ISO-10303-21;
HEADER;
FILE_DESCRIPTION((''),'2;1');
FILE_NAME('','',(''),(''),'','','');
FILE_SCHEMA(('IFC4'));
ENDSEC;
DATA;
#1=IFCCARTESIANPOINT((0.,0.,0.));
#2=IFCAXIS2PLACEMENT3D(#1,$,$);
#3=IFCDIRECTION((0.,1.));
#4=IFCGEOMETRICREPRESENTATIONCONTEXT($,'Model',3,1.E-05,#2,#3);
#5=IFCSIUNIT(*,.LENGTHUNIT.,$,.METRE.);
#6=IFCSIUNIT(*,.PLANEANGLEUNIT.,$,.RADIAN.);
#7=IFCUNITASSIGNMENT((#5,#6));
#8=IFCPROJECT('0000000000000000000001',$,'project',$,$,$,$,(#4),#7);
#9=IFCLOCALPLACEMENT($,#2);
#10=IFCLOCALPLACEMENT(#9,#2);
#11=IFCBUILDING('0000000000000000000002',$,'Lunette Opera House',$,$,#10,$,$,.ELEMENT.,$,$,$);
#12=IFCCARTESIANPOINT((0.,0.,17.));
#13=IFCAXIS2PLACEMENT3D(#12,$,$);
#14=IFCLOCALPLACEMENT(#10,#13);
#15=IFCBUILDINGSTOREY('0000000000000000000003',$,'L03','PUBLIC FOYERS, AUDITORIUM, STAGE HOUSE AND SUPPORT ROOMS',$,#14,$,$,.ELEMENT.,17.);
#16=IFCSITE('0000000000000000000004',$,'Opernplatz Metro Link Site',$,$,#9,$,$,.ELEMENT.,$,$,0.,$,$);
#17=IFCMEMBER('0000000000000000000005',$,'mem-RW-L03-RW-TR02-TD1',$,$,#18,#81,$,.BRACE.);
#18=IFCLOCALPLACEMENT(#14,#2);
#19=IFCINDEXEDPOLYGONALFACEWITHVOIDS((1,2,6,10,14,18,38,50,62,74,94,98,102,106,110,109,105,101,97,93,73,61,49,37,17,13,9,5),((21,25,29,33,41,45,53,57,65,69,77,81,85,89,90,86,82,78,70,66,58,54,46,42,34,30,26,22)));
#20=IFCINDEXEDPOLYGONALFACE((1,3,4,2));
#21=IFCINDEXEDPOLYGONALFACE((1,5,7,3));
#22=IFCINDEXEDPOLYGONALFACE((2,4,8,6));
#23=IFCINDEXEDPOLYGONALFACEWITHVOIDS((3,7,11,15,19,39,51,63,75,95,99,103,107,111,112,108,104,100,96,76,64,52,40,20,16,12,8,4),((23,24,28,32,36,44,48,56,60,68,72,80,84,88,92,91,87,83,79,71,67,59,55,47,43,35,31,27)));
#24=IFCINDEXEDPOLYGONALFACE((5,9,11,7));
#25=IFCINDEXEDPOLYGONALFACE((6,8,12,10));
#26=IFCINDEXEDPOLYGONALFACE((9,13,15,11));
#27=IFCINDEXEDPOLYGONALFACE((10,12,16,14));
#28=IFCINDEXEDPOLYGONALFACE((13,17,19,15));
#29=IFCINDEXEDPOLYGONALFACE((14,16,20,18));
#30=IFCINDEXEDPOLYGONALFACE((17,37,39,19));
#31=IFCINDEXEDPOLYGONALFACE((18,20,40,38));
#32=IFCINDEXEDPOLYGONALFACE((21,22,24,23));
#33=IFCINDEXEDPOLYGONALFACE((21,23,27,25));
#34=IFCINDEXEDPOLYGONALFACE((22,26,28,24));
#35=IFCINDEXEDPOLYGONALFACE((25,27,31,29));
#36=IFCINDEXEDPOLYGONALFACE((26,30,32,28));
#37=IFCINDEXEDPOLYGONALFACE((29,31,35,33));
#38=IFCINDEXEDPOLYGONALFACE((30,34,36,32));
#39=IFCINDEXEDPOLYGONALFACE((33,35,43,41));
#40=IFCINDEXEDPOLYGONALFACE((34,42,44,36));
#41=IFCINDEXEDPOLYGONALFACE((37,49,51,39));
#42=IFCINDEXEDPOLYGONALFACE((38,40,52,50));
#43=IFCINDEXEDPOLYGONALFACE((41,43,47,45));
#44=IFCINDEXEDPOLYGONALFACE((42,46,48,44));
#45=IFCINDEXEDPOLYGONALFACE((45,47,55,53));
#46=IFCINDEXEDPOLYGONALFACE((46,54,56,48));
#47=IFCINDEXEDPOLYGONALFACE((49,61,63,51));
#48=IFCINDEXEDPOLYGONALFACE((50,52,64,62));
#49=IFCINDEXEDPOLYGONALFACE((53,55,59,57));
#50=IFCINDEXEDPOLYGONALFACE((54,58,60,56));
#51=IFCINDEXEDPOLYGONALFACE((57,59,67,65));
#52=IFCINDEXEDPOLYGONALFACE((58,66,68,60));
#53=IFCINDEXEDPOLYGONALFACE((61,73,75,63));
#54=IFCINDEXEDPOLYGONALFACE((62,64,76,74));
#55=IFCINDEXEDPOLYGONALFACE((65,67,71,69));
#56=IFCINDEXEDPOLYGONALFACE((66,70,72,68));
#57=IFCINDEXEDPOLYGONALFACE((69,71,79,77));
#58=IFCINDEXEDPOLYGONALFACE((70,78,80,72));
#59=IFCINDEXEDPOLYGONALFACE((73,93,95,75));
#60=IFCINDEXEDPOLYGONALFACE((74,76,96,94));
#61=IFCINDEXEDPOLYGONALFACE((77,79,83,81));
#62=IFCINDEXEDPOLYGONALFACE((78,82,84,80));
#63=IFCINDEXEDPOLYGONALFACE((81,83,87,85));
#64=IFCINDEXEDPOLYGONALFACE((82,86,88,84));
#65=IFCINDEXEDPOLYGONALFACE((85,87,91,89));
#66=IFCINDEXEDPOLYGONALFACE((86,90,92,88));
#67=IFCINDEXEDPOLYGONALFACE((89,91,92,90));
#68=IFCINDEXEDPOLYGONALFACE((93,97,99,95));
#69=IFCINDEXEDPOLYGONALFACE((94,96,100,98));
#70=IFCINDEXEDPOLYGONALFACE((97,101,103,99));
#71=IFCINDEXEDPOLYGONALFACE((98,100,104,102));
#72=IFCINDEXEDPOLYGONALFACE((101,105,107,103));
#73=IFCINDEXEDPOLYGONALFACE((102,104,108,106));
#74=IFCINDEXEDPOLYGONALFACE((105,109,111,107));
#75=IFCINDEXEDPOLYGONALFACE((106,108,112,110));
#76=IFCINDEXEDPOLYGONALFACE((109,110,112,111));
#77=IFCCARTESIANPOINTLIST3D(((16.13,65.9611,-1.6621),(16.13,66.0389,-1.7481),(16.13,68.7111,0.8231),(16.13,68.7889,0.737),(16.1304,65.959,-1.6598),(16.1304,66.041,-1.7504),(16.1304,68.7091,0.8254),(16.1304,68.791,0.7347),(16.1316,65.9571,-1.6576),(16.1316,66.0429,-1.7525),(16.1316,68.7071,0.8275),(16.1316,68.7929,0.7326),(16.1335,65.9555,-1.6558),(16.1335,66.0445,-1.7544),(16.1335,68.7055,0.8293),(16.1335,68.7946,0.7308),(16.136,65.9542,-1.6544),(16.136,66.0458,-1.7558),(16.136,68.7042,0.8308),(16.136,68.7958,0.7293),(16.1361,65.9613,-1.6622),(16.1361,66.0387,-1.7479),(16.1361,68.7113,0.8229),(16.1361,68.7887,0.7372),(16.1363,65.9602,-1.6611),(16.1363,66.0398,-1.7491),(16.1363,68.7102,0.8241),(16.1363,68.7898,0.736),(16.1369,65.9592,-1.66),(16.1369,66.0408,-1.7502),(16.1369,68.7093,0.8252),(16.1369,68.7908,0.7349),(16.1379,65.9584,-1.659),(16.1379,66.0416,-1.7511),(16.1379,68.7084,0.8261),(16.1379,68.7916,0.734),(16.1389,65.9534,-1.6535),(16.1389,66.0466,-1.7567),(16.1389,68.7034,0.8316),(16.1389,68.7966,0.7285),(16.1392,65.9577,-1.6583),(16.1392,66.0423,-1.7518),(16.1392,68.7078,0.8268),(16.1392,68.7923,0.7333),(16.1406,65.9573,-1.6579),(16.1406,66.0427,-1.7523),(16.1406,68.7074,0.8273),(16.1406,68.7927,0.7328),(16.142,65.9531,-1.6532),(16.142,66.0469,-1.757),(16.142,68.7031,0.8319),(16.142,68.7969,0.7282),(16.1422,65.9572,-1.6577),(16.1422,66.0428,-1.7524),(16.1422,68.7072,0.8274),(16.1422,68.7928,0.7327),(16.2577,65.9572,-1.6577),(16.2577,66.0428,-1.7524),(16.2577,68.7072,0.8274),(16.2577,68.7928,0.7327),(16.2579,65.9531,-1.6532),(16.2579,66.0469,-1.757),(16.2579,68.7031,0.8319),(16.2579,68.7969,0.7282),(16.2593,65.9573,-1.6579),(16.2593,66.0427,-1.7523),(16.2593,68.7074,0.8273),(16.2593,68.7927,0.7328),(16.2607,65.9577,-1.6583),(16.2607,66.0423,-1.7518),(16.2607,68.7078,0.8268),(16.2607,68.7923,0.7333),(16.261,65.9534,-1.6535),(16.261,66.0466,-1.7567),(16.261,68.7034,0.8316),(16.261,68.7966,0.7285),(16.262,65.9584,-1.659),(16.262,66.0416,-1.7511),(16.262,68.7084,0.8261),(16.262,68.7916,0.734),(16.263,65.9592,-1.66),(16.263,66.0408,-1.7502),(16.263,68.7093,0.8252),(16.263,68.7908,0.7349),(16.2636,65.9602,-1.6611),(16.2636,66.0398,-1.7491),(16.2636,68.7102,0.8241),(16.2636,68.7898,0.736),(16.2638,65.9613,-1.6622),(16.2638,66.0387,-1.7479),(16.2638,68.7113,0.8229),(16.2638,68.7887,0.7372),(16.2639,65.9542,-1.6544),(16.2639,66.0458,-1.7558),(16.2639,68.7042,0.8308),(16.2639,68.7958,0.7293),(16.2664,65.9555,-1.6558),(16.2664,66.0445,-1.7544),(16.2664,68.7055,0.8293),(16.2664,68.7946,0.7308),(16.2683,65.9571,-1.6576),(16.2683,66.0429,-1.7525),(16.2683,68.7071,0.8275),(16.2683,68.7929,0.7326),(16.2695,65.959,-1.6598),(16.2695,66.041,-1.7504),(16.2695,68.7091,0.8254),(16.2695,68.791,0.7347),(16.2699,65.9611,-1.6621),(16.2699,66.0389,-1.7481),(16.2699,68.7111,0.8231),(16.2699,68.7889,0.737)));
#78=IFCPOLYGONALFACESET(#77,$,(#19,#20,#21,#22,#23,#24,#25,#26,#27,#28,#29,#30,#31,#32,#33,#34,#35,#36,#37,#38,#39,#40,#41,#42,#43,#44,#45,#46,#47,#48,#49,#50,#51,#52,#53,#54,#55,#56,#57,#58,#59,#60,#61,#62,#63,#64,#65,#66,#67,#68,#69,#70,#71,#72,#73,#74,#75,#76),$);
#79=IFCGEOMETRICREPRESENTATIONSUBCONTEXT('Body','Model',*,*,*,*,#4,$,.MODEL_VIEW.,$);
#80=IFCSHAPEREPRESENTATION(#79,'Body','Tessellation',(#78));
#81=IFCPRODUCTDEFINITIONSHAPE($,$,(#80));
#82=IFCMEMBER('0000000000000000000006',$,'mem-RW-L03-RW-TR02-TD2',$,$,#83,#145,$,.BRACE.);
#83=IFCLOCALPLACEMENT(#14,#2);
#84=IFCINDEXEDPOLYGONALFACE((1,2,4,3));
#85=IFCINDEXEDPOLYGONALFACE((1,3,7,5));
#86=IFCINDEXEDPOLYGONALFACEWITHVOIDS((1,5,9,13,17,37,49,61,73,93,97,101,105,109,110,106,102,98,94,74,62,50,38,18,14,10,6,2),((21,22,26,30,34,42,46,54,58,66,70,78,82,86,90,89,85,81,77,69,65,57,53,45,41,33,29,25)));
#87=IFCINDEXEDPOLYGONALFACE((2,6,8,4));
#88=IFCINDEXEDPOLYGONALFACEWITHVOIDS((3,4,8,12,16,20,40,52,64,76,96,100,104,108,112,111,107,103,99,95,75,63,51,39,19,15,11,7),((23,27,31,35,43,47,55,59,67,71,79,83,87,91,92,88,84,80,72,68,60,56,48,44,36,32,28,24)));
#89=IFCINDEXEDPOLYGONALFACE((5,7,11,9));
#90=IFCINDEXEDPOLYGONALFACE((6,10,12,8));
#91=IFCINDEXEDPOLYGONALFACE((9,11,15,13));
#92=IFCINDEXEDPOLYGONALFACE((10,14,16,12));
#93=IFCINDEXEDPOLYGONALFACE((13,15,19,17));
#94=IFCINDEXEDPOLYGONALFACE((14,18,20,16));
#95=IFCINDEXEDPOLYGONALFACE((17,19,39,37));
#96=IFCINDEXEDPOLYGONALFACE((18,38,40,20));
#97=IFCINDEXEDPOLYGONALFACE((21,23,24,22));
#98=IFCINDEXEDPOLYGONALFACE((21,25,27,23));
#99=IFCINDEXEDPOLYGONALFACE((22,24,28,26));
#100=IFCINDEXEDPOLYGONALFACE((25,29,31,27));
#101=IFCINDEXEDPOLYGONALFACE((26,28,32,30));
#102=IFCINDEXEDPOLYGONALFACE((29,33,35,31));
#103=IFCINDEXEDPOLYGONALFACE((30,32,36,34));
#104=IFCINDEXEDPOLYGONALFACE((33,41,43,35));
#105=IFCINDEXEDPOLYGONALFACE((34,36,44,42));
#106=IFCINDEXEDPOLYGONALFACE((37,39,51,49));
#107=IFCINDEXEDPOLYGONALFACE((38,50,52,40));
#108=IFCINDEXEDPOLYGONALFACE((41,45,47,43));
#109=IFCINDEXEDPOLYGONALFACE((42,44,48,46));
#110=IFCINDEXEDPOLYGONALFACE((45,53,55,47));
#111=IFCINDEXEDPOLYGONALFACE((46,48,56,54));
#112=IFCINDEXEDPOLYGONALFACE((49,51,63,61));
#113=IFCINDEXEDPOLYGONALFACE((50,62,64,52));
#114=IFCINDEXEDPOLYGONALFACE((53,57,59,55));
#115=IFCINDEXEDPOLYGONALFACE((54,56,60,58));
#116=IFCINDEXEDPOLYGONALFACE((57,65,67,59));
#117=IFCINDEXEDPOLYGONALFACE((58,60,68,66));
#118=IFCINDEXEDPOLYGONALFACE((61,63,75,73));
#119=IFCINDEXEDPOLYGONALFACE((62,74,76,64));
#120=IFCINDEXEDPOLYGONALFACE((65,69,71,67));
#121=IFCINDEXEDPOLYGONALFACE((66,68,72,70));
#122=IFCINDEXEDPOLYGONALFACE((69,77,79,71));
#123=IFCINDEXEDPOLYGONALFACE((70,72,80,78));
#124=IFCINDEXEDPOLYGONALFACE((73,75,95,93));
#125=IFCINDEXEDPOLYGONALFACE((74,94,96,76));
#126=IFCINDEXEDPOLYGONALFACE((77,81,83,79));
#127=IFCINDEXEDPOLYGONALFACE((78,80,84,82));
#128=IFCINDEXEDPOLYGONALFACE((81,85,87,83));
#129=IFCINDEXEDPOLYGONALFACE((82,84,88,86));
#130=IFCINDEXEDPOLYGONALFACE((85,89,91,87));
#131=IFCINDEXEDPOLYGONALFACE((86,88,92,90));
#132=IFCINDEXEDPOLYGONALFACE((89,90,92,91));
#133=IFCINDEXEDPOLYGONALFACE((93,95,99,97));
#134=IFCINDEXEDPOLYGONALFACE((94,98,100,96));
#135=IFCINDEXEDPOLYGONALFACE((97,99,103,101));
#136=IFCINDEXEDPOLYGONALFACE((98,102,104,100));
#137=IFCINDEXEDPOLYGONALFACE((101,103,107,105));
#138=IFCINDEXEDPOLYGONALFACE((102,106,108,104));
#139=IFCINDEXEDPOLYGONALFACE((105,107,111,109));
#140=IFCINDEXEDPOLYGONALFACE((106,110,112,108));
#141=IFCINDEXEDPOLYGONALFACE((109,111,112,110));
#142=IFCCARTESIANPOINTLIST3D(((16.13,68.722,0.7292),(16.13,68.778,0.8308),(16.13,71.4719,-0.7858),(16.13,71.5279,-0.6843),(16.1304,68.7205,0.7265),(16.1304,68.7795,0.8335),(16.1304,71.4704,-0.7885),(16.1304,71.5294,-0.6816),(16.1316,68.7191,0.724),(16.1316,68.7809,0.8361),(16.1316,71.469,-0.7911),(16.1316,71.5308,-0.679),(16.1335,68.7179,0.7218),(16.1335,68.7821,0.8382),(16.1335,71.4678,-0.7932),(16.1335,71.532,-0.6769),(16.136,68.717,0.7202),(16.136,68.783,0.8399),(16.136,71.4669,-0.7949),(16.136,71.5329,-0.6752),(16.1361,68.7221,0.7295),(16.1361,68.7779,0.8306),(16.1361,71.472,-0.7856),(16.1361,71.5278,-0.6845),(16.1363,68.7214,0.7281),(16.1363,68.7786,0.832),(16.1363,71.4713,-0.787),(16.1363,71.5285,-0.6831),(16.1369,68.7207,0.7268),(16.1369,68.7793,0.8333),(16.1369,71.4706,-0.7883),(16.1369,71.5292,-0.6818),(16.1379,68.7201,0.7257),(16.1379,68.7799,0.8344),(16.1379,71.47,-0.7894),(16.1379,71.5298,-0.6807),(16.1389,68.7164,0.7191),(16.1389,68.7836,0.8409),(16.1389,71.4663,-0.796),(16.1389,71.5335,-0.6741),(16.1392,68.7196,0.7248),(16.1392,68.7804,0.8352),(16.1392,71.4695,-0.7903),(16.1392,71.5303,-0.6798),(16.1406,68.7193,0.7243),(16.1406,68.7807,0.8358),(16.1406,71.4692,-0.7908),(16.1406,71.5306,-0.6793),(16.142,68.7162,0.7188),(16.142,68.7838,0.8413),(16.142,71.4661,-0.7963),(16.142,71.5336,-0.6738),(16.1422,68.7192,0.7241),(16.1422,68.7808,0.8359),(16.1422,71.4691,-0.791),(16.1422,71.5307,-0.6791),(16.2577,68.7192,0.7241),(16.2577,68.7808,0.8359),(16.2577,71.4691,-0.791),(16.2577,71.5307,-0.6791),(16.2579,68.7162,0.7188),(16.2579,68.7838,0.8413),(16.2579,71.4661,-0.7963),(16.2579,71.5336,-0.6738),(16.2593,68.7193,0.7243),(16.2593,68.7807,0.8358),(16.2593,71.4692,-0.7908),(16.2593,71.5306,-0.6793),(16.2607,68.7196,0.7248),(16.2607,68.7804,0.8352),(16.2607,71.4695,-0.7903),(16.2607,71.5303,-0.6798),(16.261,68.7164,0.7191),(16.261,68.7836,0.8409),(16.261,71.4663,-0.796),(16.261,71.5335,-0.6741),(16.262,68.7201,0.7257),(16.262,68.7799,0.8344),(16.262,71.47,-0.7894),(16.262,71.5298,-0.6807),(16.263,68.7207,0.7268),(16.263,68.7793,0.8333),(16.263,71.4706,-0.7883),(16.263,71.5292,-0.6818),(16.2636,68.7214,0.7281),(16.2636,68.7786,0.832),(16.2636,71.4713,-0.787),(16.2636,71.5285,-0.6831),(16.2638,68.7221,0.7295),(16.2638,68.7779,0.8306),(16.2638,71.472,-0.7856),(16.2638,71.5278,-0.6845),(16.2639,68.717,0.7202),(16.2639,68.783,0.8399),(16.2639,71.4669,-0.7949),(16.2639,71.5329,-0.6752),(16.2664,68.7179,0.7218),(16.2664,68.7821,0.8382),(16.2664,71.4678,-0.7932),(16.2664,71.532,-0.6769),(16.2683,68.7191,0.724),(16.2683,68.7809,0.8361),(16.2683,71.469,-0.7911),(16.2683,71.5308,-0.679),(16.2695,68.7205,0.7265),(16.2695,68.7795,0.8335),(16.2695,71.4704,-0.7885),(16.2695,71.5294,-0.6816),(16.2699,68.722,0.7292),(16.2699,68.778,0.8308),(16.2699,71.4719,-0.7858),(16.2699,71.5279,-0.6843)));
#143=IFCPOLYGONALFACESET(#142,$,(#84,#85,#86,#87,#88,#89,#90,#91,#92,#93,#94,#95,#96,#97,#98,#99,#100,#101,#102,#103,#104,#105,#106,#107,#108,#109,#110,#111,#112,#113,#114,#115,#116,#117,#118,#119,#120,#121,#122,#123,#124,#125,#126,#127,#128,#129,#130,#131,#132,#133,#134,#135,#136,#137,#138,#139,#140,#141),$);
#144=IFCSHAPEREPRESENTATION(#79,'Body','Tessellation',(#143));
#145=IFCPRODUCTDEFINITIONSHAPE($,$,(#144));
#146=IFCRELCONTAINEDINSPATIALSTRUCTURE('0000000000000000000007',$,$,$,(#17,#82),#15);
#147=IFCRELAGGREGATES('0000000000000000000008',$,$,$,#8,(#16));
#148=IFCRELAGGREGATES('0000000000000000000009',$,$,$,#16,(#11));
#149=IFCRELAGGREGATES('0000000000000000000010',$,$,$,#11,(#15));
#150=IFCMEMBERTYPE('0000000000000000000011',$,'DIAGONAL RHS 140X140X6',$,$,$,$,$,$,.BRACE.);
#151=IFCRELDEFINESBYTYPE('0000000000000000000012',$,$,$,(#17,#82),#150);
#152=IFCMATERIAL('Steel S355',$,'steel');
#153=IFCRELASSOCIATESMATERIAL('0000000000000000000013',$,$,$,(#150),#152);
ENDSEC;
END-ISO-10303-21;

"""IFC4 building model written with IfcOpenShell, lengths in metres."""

from ifc_helpers import new_model, si_unit, direction, frame, origin, origin_2d, place, context, subcontext, project, spatial, hollow_rectangle, extrude, material, material_profile, profile_set, type_object, element, save


model = new_model("IFC4")

# Units and contexts
model_context = context("Model", 3, precision=1e-05, world=origin(), true_north=direction((0.0, 1.0)))
body_context = subcontext(model_context, "Body", "Model", "MODEL_VIEW")
ifc_project = project(units=[si_unit("LENGTHUNIT", "METRE"), si_unit("PLANEANGLEUNIT", "RADIAN")], contexts=[model_context])

# Site, building, storey
site_placement = place(None, origin())
site = spatial("IfcSite", under=ifc_project, at=site_placement, Name="Opernplatz Metro Link Site", CompositionType="ELEMENT", RefElevation=0.0)
building_placement = place(site_placement, origin())
building = spatial("IfcBuilding", under=site, at=building_placement, Name="Lunette Opera House", CompositionType="ELEMENT")
storey_placement = place(building_placement, frame((0.0, 0.0, 17.0)))
storey = spatial("IfcBuildingStorey", under=building, at=storey_placement, Name="L03", Description="PUBLIC FOYERS, AUDITORIUM, STAGE HOUSE AND SUPPORT ROOMS", CompositionType="ELEMENT", Elevation=17.0)

# Members
ifc_material_1 = material(Name="Steel S355", Category="steel")
ifc_material_profile_1 = material_profile(ifc_material_1, hollow_rectangle(XDim=0.1399, YDim=0.1399, WallThickness=0.0061, InnerFilletRadius=0.0061, OuterFilletRadius=0.012, at=origin_2d()), Name="RHS 140X140X6")
ifc_profile_set_1 = profile_set([ifc_material_profile_1], Name="Steel S355")
member_type_1 = type_object("IfcMemberType", Name="DIAGONAL RHS 140X140X6", PredefinedType="BRACE", material=ifc_profile_set_1)
member_1_placement = place(storey_placement, frame((16.2, 66.0, -1.7051), z_axis=(0.0, 0.741937, 0.67047), x_axis=(-1.0, 0.0, 0.0)))
element("IfcMember", 1, at=member_1_placement, inside=storey, type_object=member_type_1, Name="mem-RW-L03-RW-TR02-TD1", PredefinedType="BRACE", context=body_context, shape_type="SweptSolid", body=[
    extrude(hollow_rectangle(XDim=0.1399, YDim=0.1399, WallThickness=0.0061, InnerFilletRadius=0.0061, OuterFilletRadius=0.012, at=origin_2d()), origin(), (0.0, 0.0, 1.0), 3.7065),
])
member_2_placement = place(storey_placement, frame((16.2, 68.75, 0.78), z_axis=(0.0, 0.875861, -0.482563), x_axis=(-1.0, 0.0, 0.0)))
element("IfcMember", 2, at=member_2_placement, inside=storey, type_object=member_type_1, Name="mem-RW-L03-RW-TR02-TD2", PredefinedType="BRACE", context=body_context, shape_type="SweptSolid", body=[
    extrude(hollow_rectangle(XDim=0.1399, YDim=0.1399, WallThickness=0.0061, InnerFilletRadius=0.0061, OuterFilletRadius=0.012, at=origin_2d()), origin(), (0.0, 0.0, 1.0), 3.1396),
])

save(model, "model.ifc")
